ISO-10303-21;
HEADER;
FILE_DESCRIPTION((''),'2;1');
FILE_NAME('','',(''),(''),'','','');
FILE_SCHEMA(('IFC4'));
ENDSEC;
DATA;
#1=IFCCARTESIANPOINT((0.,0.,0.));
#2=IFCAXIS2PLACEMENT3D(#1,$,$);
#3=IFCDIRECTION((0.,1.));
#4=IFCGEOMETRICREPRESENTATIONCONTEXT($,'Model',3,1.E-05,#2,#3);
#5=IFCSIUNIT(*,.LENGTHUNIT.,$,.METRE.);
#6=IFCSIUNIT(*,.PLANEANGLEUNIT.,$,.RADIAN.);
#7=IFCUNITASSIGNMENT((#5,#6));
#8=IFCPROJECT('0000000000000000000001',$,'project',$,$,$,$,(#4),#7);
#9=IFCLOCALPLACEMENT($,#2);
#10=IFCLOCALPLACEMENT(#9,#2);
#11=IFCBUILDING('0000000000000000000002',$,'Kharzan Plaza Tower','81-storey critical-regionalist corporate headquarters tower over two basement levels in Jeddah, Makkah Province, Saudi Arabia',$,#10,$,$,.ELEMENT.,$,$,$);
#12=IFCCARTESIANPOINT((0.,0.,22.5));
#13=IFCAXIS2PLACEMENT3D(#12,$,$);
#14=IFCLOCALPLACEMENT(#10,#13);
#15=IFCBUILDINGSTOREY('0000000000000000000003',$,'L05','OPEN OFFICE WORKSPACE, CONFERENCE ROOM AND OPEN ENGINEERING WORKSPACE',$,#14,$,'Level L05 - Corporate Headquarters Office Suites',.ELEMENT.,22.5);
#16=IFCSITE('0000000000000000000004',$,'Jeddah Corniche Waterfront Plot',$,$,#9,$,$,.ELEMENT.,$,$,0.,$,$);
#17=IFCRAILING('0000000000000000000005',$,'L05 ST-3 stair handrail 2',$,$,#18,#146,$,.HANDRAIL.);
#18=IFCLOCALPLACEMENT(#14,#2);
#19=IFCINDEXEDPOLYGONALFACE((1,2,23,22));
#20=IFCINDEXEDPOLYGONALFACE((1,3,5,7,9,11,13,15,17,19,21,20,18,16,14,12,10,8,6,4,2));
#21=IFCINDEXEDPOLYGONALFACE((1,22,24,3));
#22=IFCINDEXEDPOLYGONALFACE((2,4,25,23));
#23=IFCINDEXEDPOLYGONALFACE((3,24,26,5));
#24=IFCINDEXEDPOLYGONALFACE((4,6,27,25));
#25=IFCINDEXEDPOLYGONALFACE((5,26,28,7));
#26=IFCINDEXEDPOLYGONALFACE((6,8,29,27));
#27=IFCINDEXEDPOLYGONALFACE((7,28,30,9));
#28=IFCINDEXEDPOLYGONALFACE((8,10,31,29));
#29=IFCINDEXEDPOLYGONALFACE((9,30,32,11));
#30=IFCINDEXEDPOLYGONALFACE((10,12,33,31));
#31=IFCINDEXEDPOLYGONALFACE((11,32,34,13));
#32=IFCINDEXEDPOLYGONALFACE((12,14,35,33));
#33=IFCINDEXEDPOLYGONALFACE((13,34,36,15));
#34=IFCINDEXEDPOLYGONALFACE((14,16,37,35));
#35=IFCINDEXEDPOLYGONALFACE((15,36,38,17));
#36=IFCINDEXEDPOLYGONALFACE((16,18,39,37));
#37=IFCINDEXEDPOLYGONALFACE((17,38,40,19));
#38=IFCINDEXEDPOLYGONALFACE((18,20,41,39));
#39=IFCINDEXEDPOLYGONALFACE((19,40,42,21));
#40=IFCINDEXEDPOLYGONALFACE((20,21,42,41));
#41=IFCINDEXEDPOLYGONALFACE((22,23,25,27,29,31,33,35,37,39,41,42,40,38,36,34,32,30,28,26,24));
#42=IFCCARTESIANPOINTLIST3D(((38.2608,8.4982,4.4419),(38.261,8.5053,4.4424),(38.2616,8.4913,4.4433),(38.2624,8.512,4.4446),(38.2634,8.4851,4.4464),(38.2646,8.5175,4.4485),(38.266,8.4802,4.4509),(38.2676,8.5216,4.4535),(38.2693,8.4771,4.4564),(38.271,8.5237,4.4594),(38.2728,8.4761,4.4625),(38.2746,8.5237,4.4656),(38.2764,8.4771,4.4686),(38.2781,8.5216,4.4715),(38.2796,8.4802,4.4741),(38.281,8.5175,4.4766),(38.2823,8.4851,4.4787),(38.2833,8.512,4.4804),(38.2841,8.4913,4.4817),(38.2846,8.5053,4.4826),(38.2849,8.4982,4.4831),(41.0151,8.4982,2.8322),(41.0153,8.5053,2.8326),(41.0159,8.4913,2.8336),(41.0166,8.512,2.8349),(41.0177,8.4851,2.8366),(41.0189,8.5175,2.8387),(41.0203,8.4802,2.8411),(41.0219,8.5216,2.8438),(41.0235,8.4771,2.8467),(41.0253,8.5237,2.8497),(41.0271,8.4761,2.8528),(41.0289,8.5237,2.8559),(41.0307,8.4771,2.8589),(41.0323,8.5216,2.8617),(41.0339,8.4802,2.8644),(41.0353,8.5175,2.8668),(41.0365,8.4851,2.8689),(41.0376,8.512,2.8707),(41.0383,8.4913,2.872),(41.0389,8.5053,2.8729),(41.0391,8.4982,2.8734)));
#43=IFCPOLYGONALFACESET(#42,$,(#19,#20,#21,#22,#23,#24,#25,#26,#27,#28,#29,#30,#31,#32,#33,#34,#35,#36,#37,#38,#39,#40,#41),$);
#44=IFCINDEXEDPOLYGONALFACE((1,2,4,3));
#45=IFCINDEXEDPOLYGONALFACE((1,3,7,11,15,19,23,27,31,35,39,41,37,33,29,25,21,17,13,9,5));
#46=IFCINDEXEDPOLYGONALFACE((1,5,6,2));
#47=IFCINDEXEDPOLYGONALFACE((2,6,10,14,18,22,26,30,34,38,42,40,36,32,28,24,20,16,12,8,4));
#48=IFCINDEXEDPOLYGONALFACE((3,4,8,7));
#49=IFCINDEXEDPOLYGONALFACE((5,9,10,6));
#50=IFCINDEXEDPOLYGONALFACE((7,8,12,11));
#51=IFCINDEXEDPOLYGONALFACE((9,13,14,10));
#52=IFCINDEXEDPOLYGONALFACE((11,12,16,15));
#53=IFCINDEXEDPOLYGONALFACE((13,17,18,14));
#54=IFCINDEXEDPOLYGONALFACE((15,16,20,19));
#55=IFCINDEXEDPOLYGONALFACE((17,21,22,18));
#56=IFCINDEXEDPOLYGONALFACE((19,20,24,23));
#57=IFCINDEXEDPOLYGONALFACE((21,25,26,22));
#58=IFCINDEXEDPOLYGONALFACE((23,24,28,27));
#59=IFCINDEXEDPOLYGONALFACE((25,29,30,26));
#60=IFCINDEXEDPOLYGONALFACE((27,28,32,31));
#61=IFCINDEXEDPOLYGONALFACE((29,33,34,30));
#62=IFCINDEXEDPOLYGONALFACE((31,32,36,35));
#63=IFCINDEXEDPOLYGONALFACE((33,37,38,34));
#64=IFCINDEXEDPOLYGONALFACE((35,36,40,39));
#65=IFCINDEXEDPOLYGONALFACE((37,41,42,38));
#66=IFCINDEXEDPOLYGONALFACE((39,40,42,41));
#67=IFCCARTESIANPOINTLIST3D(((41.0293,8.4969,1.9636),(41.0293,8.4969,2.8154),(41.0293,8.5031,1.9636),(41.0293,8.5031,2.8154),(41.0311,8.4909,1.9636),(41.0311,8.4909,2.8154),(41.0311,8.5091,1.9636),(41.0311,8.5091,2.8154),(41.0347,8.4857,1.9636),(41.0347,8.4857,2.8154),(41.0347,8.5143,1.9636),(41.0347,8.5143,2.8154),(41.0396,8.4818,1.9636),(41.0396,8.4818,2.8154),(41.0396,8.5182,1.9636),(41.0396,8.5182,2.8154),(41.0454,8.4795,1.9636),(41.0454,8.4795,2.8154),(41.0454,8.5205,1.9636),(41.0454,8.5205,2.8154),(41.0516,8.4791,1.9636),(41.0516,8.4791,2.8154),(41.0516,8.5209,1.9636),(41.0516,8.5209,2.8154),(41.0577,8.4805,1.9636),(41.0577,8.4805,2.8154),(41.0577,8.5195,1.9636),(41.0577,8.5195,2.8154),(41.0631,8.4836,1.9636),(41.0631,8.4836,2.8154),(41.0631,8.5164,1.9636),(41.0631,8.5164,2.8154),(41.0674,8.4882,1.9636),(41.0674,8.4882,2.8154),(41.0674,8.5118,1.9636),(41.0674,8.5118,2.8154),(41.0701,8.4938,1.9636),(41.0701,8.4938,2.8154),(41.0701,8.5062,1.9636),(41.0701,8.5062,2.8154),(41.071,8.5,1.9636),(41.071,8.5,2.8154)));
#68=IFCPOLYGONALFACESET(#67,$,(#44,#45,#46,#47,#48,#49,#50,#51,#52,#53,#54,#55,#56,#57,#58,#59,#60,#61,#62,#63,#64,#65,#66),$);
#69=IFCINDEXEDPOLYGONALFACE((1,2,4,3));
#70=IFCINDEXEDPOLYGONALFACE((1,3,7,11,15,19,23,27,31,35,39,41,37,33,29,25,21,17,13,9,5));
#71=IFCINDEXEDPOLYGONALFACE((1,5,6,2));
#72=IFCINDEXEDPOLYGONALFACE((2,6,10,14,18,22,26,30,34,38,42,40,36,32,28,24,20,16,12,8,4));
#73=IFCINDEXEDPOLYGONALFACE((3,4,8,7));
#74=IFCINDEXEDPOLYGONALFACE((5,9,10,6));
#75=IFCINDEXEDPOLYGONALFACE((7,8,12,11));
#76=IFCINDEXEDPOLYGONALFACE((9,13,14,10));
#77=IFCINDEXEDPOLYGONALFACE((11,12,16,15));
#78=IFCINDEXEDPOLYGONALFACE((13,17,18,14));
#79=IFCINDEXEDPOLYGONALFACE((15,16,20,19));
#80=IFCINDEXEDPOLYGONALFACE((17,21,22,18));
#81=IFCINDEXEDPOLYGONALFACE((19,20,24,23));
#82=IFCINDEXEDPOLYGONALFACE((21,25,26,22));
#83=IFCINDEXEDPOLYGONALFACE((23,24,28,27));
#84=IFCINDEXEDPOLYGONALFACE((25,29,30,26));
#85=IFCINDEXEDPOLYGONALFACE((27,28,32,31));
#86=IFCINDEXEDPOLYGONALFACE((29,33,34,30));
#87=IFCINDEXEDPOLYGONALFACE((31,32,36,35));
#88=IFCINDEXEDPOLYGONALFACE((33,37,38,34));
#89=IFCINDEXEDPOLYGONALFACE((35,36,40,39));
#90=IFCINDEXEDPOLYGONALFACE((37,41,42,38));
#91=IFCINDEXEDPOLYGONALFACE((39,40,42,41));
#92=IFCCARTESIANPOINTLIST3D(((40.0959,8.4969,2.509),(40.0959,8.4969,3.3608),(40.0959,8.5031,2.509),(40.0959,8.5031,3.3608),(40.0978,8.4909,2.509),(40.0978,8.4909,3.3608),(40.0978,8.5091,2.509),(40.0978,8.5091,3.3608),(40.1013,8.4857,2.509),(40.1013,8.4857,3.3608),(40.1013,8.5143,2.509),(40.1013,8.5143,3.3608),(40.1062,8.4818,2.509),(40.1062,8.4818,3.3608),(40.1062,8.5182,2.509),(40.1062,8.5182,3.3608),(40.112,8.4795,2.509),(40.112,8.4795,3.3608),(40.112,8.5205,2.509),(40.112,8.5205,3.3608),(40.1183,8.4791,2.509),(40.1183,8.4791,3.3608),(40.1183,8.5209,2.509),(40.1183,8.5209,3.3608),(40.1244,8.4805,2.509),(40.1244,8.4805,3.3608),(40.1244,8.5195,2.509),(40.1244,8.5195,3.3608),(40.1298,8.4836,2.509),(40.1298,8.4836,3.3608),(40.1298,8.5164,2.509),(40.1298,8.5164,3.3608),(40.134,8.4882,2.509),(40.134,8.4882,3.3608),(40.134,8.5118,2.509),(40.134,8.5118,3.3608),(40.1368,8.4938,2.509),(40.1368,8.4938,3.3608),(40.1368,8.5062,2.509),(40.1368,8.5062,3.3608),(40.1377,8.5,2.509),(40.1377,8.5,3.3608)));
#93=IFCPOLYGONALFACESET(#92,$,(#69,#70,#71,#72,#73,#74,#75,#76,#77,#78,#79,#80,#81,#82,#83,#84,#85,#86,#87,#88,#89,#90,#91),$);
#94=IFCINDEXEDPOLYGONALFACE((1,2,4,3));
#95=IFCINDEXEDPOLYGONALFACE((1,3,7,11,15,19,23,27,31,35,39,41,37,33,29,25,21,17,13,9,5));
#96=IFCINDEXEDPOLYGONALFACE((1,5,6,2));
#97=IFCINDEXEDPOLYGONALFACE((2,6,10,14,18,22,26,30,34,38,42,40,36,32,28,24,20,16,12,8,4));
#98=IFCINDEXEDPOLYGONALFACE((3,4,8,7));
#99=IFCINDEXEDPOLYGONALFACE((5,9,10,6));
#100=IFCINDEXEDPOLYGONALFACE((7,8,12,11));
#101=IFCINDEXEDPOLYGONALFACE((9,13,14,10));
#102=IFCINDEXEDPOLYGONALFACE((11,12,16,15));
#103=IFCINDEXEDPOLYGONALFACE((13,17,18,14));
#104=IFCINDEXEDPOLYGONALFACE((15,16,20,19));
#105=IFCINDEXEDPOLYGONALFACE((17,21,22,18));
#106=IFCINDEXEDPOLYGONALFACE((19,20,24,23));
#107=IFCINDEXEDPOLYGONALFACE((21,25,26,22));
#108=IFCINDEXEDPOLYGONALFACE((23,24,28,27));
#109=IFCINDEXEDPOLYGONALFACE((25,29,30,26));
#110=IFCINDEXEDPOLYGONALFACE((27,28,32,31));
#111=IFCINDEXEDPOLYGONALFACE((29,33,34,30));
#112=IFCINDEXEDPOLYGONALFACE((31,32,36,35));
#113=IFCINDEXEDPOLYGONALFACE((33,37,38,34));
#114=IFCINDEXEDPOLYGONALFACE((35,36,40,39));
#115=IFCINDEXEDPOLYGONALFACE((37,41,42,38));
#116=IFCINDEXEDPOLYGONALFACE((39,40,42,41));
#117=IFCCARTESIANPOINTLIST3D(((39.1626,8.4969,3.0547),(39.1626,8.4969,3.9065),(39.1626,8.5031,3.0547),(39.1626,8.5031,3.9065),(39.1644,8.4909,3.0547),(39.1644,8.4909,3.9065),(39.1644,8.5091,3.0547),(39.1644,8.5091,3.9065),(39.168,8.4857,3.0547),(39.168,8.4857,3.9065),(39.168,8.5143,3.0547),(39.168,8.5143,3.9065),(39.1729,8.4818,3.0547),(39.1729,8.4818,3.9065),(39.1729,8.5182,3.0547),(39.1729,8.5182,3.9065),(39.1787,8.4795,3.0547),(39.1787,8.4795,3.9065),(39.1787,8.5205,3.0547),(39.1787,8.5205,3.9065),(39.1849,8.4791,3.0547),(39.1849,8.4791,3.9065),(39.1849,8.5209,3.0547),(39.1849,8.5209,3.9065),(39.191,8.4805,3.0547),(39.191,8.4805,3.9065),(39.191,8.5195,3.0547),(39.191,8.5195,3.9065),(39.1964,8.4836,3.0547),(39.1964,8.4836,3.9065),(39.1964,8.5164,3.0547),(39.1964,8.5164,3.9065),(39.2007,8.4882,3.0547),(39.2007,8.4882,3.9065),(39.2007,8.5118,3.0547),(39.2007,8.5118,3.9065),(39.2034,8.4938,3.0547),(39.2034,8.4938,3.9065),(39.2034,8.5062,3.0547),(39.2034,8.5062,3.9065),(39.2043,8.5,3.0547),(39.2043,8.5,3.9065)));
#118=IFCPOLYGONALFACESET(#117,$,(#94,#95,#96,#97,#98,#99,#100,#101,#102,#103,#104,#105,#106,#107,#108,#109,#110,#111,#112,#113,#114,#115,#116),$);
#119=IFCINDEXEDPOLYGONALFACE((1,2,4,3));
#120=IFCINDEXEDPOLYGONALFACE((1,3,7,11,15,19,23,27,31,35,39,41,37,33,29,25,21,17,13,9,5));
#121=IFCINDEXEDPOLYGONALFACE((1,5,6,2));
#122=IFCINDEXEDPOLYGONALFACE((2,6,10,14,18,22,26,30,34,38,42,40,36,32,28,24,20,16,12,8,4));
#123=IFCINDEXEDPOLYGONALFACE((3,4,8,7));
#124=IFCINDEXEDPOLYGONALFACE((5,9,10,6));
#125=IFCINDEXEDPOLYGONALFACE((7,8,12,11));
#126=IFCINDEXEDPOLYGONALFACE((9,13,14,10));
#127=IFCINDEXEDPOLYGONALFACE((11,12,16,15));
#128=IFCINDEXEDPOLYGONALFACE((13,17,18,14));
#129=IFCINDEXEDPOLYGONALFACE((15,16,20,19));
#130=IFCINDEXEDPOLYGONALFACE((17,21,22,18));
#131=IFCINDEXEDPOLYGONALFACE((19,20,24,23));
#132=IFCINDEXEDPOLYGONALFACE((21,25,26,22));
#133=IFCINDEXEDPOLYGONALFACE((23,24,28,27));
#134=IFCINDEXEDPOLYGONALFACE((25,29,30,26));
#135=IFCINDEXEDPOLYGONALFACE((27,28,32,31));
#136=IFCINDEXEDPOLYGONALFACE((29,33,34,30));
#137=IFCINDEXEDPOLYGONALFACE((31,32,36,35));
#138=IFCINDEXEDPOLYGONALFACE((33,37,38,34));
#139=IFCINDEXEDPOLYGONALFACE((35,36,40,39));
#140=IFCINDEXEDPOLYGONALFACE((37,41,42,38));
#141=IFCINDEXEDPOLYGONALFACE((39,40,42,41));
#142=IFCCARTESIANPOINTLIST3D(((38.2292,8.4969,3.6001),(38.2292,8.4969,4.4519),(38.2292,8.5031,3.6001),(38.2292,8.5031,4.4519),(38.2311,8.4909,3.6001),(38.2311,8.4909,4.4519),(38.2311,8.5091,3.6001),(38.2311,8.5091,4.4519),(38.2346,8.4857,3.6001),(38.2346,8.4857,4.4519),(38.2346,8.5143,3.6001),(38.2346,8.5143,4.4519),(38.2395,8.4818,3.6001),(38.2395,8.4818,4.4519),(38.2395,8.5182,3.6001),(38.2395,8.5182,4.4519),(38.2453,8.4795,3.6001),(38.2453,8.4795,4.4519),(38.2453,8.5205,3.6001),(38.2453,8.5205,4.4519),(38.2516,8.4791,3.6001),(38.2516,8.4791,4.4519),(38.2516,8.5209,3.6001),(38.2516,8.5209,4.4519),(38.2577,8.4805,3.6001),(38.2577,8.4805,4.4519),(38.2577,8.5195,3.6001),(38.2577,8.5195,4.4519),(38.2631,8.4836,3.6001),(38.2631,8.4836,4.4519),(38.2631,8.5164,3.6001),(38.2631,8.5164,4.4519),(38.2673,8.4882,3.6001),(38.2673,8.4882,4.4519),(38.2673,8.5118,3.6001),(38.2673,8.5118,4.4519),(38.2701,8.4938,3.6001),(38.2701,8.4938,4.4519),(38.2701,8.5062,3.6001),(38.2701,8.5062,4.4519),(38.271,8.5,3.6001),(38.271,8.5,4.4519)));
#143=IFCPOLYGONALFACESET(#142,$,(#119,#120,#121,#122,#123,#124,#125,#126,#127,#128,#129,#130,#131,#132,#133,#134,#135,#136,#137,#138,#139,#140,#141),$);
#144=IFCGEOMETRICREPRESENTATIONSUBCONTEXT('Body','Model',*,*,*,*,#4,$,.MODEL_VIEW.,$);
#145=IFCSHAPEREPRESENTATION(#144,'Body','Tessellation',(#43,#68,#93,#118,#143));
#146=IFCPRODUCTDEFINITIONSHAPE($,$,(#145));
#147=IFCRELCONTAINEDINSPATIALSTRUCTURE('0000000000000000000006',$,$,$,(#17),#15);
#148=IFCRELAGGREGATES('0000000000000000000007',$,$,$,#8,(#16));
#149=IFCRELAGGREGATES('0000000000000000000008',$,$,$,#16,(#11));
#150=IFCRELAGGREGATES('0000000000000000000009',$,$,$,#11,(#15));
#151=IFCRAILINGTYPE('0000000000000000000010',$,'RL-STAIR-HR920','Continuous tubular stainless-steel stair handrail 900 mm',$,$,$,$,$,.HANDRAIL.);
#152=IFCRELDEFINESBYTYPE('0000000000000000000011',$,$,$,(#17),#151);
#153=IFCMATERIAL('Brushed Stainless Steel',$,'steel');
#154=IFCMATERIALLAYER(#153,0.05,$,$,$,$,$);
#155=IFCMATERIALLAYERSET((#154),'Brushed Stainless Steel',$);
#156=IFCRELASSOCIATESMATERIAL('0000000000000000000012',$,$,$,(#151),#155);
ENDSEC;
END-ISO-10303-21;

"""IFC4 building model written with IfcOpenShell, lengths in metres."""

from ifc_helpers import new_model, si_unit, direction, frame, origin, origin_2d, place, context, subcontext, project, spatial, circle, extrude, source, transform, mapped, material, layer, layer_set, type_object, element, save


model = new_model("IFC4")

# Units and contexts
model_context = context("Model", 3, precision=1e-05, world=origin(), true_north=direction((0.0, 1.0)))
body_context = subcontext(model_context, "Body", "Model", "MODEL_VIEW")
ifc_project = project(units=[si_unit("LENGTHUNIT", "METRE"), si_unit("PLANEANGLEUNIT", "RADIAN")], contexts=[model_context])

# Site, building, storey
site_placement = place(None, origin())
site = spatial("IfcSite", under=ifc_project, at=site_placement, Name="Jeddah Corniche Waterfront Plot", CompositionType="ELEMENT", RefElevation=0.0)
building_placement = place(site_placement, origin())
building = spatial("IfcBuilding", under=site, at=building_placement, Name="Kharzan Plaza Tower", Description="81-storey critical-regionalist corporate headquarters tower over two basement levels in Jeddah, Makkah Province, Saudi Arabia", CompositionType="ELEMENT")
storey_placement = place(building_placement, frame((0.0, 0.0, 22.5)))
storey = spatial("IfcBuildingStorey", under=building, at=storey_placement, Name="L05", Description="OPEN OFFICE WORKSPACE, CONFERENCE ROOM AND OPEN ENGINEERING WORKSPACE", LongName="Level L05 - Corporate Headquarters Office Suites", CompositionType="ELEMENT", Elevation=22.5)

# Shared definitions
ifc_material_1 = material(Name="Brushed Stainless Steel", Category="steel")

# Railing
ifc_layer_1 = layer(ifc_material_1, 0.05)
ifc_layer_set_1 = layer_set([ifc_layer_1], Name="Brushed Stainless Steel")
railing_type_1 = type_object("IfcRailingType", Name="RL-STAIR-HR920", Description="Continuous tubular stainless-steel stair handrail 900 mm", PredefinedType="HANDRAIL", material=ifc_layer_set_1)
shared_shape_1 = source(origin(), body_context, "Body", "SweptSolid", [
    extrude(circle(Radius=0.0239, at=origin_2d()), frame((-0.0229, 0.0, 0.8892), z_axis=(-0.863361, 0.0, 0.504587), x_axis=(0.0, -1.0, 0.0)), (0.0, 0.0, 1.0), 3.1902),
    extrude(circle(Radius=0.021, at=origin_2d()), origin(), (0.0, 0.0, 1.0), 0.8518),
    extrude(circle(Radius=0.021, at=origin_2d()), frame((-0.9333, 0.0, 0.5454)), (0.0, 0.0, 1.0), 0.8518),
    extrude(circle(Radius=0.021, at=origin_2d()), frame((-1.8667, 0.0, 1.0911)), (0.0, 0.0, 1.0), 0.8518),
    extrude(circle(Radius=0.021, at=origin_2d()), frame((-2.8, 0.0, 1.6365)), (0.0, 0.0, 1.0), 0.8518),
])
railing_1_placement = place(storey_placement, frame((41.05, 8.5, 1.9636)))
element("IfcRailing", 1, at=railing_1_placement, inside=storey, type_object=railing_type_1, Name="L05 ST-3 stair handrail 2", PredefinedType="HANDRAIL", context=body_context, shape_type="MappedRepresentation", body=[
    mapped(shared_shape_1, transform((0.0, 0.0, 0.0), x_axis=(1.0, 0.0, 0.0), y_axis=(0.0, 1.0, 0.0), z_axis=(0.0, 0.0, 1.0))),
])

save(model, "model.ifc")
